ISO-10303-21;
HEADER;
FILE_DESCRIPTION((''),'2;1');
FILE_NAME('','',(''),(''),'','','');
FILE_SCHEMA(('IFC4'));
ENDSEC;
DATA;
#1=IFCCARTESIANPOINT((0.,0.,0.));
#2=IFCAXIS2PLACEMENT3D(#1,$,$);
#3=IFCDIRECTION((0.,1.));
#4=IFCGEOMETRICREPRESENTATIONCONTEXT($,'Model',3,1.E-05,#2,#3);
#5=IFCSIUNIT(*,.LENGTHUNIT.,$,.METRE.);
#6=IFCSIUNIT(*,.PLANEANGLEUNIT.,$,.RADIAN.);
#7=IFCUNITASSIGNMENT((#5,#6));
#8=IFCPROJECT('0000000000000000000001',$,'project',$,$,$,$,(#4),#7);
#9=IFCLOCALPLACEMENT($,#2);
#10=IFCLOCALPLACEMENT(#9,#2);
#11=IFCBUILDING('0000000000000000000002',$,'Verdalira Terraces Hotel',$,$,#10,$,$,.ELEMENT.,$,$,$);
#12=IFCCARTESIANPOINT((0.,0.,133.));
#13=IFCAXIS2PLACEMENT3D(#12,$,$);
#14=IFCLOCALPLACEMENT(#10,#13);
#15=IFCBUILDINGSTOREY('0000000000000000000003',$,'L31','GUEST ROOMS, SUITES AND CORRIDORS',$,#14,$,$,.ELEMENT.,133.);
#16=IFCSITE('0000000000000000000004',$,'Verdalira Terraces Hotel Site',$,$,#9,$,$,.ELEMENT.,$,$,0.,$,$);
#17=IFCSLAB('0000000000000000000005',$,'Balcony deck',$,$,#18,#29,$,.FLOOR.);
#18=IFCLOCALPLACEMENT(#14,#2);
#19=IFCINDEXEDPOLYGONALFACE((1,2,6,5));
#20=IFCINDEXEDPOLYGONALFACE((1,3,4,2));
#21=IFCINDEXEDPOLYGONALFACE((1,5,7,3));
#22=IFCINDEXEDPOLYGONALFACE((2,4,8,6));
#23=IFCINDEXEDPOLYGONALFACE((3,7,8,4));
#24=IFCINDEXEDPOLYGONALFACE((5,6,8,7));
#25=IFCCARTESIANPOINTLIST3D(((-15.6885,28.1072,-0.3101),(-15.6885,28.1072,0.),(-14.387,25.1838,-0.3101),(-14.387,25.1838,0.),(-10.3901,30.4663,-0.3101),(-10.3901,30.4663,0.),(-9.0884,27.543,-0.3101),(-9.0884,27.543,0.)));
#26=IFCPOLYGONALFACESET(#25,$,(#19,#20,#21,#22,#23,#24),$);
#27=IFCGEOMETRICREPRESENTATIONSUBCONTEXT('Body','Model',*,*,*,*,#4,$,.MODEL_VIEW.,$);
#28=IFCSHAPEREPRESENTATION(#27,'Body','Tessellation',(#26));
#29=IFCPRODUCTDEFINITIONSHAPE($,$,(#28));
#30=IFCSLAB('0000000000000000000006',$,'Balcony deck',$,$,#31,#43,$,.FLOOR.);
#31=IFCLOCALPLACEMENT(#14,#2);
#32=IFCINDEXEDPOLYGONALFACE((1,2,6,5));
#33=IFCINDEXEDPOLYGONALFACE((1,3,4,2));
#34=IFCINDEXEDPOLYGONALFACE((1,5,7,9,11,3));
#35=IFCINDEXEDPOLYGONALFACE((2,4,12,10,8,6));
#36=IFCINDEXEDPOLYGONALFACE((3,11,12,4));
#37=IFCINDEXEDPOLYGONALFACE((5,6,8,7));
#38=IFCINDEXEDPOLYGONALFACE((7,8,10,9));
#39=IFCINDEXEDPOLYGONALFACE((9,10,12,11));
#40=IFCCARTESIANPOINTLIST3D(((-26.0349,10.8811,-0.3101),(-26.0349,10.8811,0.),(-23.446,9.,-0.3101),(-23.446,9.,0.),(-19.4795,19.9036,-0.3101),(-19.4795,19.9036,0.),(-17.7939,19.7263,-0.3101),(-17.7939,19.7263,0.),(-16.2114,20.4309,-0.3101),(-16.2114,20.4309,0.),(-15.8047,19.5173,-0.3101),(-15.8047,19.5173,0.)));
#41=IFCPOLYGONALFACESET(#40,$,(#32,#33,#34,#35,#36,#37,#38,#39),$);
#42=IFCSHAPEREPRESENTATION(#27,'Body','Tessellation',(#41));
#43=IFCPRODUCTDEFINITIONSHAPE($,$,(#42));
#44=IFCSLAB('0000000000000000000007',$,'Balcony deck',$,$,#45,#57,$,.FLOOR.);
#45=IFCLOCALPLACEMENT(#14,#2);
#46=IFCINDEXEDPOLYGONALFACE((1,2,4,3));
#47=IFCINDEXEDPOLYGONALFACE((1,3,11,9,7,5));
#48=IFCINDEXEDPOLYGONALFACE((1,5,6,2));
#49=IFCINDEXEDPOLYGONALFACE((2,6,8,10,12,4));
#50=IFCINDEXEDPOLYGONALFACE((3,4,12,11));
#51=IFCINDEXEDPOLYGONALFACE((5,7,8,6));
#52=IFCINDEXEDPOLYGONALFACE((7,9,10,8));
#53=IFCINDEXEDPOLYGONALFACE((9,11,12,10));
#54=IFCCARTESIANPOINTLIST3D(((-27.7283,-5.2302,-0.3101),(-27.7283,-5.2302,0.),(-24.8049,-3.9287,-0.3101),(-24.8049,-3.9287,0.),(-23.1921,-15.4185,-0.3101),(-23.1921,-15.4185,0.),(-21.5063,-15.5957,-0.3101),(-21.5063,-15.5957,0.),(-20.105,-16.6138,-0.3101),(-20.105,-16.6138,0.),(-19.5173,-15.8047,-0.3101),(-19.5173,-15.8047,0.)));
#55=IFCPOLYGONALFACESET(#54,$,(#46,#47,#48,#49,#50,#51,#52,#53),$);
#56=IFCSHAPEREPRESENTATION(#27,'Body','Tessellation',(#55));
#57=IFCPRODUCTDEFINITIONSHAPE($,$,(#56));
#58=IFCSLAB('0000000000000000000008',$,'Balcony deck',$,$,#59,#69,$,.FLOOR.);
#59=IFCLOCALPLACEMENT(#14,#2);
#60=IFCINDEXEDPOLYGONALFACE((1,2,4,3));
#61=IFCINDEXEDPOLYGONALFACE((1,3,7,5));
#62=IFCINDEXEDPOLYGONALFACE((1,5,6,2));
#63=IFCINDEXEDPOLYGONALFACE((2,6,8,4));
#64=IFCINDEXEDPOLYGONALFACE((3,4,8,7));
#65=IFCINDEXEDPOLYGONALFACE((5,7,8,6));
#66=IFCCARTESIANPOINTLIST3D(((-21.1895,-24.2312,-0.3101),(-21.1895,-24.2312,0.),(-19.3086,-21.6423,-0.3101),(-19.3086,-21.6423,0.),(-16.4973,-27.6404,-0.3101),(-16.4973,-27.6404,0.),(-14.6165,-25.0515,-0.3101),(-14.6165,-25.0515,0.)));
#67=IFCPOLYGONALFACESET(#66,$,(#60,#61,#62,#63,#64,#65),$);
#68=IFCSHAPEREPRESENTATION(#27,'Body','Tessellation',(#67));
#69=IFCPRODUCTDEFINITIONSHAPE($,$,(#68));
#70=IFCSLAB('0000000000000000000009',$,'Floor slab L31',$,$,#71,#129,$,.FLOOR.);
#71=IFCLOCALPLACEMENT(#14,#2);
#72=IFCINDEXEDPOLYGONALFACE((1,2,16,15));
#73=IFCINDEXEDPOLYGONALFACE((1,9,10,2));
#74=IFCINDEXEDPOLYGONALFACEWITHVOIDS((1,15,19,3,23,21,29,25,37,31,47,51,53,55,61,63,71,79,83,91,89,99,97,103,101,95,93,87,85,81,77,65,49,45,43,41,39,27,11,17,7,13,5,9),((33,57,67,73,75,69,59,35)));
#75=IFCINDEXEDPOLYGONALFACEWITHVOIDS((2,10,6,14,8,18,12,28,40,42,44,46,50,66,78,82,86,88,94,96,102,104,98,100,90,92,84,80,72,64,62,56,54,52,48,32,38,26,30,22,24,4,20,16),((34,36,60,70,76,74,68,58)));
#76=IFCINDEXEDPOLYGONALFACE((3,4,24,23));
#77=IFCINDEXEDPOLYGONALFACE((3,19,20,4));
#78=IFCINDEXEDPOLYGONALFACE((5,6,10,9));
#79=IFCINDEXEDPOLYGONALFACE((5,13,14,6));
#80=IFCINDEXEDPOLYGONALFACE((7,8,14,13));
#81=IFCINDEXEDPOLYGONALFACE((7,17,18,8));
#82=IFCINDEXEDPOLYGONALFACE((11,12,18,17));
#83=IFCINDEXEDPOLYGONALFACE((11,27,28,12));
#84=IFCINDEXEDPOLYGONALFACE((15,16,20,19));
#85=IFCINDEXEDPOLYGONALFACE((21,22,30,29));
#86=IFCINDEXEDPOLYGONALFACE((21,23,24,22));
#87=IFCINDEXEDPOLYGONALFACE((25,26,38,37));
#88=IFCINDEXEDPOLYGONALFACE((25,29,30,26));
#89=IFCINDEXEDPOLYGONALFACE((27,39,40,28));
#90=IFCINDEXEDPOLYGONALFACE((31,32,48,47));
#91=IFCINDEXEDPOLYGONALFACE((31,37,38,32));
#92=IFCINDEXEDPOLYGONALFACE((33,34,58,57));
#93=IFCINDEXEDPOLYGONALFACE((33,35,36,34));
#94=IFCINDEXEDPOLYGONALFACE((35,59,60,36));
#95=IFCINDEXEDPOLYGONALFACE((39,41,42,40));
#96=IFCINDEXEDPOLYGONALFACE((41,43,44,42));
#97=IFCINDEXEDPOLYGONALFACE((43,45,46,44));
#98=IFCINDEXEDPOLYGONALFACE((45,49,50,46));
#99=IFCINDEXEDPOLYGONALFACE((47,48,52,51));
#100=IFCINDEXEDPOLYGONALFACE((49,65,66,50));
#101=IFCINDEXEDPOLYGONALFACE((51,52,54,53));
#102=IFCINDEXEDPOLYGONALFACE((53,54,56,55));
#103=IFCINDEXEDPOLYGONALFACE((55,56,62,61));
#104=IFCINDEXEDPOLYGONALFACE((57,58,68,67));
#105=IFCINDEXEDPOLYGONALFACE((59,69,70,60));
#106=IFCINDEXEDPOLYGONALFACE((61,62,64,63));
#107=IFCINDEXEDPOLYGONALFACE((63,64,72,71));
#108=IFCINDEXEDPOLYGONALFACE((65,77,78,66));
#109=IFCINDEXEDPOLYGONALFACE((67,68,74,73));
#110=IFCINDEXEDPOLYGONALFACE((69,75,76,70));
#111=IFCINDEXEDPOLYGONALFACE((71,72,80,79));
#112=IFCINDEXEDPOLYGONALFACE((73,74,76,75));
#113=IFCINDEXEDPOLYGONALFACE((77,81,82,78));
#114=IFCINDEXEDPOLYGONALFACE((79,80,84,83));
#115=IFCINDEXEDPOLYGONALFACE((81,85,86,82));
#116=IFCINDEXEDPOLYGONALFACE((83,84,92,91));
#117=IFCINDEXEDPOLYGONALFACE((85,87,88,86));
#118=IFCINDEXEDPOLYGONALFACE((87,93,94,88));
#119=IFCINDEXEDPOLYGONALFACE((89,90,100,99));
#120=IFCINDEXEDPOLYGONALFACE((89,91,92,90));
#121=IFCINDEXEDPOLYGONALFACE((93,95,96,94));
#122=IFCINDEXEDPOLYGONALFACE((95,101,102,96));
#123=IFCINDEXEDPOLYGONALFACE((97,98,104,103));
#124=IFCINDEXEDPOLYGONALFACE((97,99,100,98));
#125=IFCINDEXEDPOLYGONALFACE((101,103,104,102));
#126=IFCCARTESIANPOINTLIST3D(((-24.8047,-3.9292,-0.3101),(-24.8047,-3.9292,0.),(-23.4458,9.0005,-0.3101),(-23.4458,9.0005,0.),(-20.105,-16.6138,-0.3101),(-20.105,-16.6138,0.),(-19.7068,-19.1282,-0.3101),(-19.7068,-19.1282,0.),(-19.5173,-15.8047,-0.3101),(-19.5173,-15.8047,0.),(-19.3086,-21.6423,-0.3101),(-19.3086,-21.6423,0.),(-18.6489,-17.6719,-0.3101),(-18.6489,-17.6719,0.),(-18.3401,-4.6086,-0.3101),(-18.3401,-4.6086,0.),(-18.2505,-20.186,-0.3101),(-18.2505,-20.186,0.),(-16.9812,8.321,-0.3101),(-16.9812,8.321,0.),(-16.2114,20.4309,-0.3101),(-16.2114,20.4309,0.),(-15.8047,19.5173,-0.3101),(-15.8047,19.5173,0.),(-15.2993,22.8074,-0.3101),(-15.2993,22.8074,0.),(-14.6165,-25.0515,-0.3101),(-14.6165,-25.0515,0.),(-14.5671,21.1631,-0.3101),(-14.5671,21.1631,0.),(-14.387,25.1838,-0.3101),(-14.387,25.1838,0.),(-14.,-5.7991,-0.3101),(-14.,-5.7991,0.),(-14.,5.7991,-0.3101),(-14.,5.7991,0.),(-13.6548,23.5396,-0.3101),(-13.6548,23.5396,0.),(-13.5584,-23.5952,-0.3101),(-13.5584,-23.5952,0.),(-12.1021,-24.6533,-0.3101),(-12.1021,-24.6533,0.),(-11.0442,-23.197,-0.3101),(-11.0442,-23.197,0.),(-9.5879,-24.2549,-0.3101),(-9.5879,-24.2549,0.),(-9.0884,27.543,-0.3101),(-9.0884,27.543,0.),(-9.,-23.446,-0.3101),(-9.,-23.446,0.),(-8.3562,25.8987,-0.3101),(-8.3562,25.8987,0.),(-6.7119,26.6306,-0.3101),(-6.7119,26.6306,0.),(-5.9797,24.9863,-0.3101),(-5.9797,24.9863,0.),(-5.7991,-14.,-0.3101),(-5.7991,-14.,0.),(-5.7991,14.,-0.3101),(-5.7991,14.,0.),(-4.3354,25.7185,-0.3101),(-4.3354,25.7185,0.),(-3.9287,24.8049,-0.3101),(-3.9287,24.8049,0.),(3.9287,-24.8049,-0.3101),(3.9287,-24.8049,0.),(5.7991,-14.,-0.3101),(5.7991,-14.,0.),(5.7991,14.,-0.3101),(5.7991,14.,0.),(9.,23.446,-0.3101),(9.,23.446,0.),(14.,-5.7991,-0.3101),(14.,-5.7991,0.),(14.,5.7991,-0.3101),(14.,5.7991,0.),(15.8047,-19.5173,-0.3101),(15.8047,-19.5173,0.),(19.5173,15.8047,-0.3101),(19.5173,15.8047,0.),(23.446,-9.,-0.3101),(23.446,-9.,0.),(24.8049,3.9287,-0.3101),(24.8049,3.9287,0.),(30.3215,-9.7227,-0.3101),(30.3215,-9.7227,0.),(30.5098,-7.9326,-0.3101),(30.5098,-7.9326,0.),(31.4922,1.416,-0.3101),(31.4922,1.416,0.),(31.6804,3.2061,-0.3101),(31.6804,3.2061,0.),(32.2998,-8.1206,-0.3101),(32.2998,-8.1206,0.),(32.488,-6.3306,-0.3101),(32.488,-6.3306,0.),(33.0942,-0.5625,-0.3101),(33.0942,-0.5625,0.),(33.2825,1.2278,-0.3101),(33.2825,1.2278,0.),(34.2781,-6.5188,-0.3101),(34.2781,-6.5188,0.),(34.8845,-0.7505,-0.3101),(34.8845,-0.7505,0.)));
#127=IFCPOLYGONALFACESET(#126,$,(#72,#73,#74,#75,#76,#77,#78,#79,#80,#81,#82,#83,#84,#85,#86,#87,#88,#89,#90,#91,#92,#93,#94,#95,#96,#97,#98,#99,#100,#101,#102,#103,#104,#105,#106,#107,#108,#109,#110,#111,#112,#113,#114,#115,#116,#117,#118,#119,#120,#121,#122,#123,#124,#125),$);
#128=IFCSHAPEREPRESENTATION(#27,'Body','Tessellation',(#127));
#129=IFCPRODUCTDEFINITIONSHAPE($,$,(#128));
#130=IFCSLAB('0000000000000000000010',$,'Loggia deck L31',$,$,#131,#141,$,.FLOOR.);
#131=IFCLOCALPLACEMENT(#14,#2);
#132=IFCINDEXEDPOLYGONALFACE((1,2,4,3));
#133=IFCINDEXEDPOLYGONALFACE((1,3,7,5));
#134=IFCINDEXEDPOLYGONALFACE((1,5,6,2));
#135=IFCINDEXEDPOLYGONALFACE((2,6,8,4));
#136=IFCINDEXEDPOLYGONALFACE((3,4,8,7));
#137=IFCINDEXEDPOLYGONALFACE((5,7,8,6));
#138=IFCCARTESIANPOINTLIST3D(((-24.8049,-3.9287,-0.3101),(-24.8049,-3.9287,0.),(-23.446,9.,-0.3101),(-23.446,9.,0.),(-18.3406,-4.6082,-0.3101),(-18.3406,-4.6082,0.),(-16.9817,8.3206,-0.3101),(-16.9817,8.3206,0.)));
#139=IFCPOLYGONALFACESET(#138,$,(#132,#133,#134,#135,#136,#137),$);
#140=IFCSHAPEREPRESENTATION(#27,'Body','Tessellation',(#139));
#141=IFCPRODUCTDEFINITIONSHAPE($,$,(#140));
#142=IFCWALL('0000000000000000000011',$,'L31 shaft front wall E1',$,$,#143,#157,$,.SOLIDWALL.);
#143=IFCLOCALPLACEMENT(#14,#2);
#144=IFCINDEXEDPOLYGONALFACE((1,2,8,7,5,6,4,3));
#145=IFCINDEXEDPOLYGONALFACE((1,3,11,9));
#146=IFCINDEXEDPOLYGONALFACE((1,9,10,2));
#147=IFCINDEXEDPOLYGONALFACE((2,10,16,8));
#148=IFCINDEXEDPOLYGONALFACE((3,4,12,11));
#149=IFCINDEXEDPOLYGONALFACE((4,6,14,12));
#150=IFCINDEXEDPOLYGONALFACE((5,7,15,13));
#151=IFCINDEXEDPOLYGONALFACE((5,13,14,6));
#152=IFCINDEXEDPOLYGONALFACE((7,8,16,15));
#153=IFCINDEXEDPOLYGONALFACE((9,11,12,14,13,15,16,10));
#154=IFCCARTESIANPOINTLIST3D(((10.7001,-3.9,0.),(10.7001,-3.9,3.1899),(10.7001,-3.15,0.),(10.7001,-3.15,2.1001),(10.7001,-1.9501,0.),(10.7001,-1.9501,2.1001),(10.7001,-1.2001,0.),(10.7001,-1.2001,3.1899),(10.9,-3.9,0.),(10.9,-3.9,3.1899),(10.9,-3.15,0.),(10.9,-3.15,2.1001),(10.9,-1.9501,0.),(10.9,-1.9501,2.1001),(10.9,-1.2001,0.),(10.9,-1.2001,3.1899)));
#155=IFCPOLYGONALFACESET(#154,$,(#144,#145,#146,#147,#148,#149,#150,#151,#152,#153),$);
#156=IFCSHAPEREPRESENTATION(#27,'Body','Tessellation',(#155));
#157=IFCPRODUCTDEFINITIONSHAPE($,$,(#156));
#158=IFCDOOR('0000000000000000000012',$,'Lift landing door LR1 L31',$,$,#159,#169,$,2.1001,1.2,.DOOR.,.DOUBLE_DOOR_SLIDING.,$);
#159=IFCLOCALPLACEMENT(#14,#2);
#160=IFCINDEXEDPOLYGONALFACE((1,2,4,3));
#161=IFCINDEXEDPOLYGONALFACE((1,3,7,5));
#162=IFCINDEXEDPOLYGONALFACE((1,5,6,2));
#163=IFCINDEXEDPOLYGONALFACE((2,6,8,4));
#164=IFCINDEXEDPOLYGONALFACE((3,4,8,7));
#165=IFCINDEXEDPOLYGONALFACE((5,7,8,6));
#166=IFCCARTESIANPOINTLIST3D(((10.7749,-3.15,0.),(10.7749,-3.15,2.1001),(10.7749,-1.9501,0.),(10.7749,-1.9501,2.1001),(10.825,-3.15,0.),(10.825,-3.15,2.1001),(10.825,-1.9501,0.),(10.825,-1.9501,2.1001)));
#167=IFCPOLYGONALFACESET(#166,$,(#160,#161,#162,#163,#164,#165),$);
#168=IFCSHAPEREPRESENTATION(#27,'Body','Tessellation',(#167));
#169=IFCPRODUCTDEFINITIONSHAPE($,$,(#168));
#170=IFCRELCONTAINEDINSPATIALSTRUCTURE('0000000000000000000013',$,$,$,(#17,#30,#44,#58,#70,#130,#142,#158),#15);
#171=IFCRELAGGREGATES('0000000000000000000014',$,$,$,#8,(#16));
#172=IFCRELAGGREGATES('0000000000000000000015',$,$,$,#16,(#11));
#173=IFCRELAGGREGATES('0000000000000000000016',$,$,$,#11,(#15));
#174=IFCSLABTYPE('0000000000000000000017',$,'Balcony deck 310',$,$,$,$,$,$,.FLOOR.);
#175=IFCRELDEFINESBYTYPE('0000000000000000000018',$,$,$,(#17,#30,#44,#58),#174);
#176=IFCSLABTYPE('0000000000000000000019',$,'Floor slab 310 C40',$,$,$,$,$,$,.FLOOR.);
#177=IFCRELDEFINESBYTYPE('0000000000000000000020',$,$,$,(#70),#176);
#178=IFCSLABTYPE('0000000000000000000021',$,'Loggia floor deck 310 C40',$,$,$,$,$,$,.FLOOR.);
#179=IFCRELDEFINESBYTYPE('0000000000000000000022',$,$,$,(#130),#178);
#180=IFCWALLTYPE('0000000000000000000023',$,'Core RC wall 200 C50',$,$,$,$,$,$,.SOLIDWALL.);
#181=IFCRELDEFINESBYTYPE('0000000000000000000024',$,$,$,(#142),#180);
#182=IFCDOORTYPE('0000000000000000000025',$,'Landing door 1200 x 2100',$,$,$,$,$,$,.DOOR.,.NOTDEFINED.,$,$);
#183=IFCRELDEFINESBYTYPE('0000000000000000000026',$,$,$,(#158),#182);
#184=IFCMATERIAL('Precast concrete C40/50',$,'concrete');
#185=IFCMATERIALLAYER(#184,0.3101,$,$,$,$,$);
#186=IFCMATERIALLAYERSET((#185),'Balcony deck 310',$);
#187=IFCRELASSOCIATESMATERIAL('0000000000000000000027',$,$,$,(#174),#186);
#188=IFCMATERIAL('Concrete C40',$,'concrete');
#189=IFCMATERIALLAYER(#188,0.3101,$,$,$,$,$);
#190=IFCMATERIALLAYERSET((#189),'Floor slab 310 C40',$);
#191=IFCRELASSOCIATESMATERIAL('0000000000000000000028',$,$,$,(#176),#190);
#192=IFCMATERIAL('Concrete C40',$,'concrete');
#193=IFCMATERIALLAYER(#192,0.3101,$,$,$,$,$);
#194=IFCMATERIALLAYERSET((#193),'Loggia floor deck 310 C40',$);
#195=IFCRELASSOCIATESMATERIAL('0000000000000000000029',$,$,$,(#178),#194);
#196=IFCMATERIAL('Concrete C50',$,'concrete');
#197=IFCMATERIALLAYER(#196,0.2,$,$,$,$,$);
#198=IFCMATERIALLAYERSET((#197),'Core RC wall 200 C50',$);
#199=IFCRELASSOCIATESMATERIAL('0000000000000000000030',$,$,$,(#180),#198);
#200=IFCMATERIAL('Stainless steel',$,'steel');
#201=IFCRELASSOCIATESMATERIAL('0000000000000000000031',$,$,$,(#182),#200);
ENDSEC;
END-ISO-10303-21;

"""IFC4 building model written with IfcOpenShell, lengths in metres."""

from ifc_helpers import new_model, si_unit, direction, frame, frame_2d, origin, place, context, subcontext, project, spatial, polyline, rectangle, outline, extrude, material, layer, layer_set, type_object, element, fill, save


model = new_model("IFC4")

# Units and contexts
model_context = context("Model", 3, precision=1e-05, world=origin(), true_north=direction((0.0, 1.0)))
body_context = subcontext(model_context, "Body", "Model", "MODEL_VIEW")
ifc_project = project(units=[si_unit("LENGTHUNIT", "METRE"), si_unit("PLANEANGLEUNIT", "RADIAN")], contexts=[model_context])

# Site, building, storey
site_placement = place(None, origin())
site = spatial("IfcSite", under=ifc_project, at=site_placement, Name="Verdalira Terraces Hotel Site", CompositionType="ELEMENT", RefElevation=0.0)
building_placement = place(site_placement, origin())
building = spatial("IfcBuilding", under=site, at=building_placement, Name="Verdalira Terraces Hotel", CompositionType="ELEMENT")
storey_placement = place(building_placement, frame((0.0, 0.0, 133.0)))
storey = spatial("IfcBuildingStorey", under=building, at=storey_placement, Name="L31", Description="GUEST ROOMS, SUITES AND CORRIDORS", CompositionType="ELEMENT", Elevation=133.0)

# Slabs
ifc_material_1 = material(Name="Precast concrete C40/50", Category="concrete")
ifc_layer_1 = layer(ifc_material_1, 0.3101)
ifc_layer_set_1 = layer_set([ifc_layer_1], Name="Balcony deck 310")
slab_type_1 = type_object("IfcSlabType", Name="Balcony deck 310", PredefinedType="FLOOR", material=ifc_layer_set_1)
slab_1_placement = place(storey_placement, frame((0.0, 0.0, -0.3101)))
element("IfcSlab", 1, at=slab_1_placement, inside=storey, type_object=slab_type_1, Name="Balcony deck", PredefinedType="FLOOR", context=body_context, shape_type="SweptSolid", body=[
    extrude(outline(polyline([(-15.6885, 28.1072), (-14.387, 25.1838), (-9.0884, 27.543), (-10.3901, 30.4663), (-15.6885, 28.1072)])), origin(), (0.0, 0.0, 1.0), 0.3101),
])
slab_2_placement = place(storey_placement, frame((0.0, 0.0, -0.3101)))
element("IfcSlab", 2, at=slab_2_placement, inside=storey, type_object=slab_type_1, Name="Balcony deck", PredefinedType="FLOOR", context=body_context, shape_type="SweptSolid", body=[
    extrude(outline(polyline([(-19.4795, 19.9036), (-26.0349, 10.8811), (-23.446, 9.0), (-15.8047, 19.5173), (-16.2114, 20.4309), (-17.7939, 19.7263), (-19.4795, 19.9036)])), origin(), (0.0, 0.0, 1.0), 0.3101),
])
slab_3_placement = place(storey_placement, frame((0.0, 0.0, -0.3101)))
element("IfcSlab", 3, at=slab_3_placement, inside=storey, type_object=slab_type_1, Name="Balcony deck", PredefinedType="FLOOR", context=body_context, shape_type="SweptSolid", body=[
    extrude(outline(polyline([(-27.7283, -5.2302), (-23.1921, -15.4185), (-21.5063, -15.5957), (-20.105, -16.6138), (-19.5173, -15.8047), (-24.8049, -3.9287), (-27.7283, -5.2302)])), origin(), (0.0, 0.0, 1.0), 0.3101),
])
slab_4_placement = place(storey_placement, frame((0.0, 0.0, -0.3101)))
element("IfcSlab", 4, at=slab_4_placement, inside=storey, type_object=slab_type_1, Name="Balcony deck", PredefinedType="FLOOR", context=body_context, shape_type="SweptSolid", body=[
    extrude(outline(polyline([(-16.4973, -27.6404), (-14.6165, -25.0515), (-19.3086, -21.6423), (-21.1895, -24.2312), (-16.4973, -27.6404)])), origin(), (0.0, 0.0, 1.0), 0.3101),
])
ifc_material_2 = material(Name="Concrete C40", Category="concrete")
ifc_layer_2 = layer(ifc_material_2, 0.3101)
ifc_layer_set_2 = layer_set([ifc_layer_2], Name="Floor slab 310 C40")
slab_type_2 = type_object("IfcSlabType", Name="Floor slab 310 C40", PredefinedType="FLOOR", material=ifc_layer_set_2)
slab_5_placement = place(storey_placement, frame((0.0, 0.0, -0.3101)))
element("IfcSlab", 5, at=slab_5_placement, inside=storey, type_object=slab_type_2, Name="Floor slab L31", PredefinedType="FLOOR", context=body_context, shape_type="SweptSolid", body=[
    extrude(outline(polyline([(-16.2114, 20.4309), (-15.8047, 19.5173), (-23.4458, 9.0005), (-16.9812, 8.321), (-18.3401, -4.6086), (-24.8047, -3.9292), (-19.5173, -15.8047), (-20.105, -16.6138), (-18.6489, -17.6719), (-19.7068, -19.1282), (-18.2505, -20.186), (-19.3086, -21.6423), (-14.6165, -25.0515), (-13.5584, -23.5952), (-12.1021, -24.6533), (-11.0442, -23.197), (-9.5879, -24.2549), (-9.0, -23.446), (3.9287, -24.8049), (15.8047, -19.5173), (23.446, -9.0), (30.3215, -9.7227), (30.5098, -7.9326), (32.2998, -8.1206), (32.488, -6.3306), (34.2781, -6.5188), (34.8845, -0.7505), (33.0942, -0.5625), (33.2825, 1.2278), (31.4922, 1.416), (31.6804, 3.2061), (24.8049, 3.9287), (19.5173, 15.8047), (9.0, 23.446), (-3.9287, 24.8049), (-4.3354, 25.7185), (-5.9797, 24.9863), (-6.7119, 26.6306), (-8.3562, 25.8987), (-9.0884, 27.543), (-14.387, 25.1838), (-13.6548, 23.5396), (-15.2993, 22.8074), (-14.5671, 21.1631), (-16.2114, 20.4309)]), holes=[polyline([(5.7991, 14.0), (14.0, 5.7991), (14.0, -5.7991), (5.7991, -14.0), (-5.7991, -14.0), (-14.0, -5.7991), (-14.0, 5.7991), (-5.7991, 14.0), (5.7991, 14.0)])]), origin(), (0.0, 0.0, 1.0), 0.3101),
])
ifc_material_3 = material(Name="Concrete C40", Category="concrete")
ifc_layer_3 = layer(ifc_material_3, 0.3101)
ifc_layer_set_3 = layer_set([ifc_layer_3], Name="Loggia floor deck 310 C40")
slab_type_3 = type_object("IfcSlabType", Name="Loggia floor deck 310 C40", PredefinedType="FLOOR", material=ifc_layer_set_3)
slab_6_placement = place(storey_placement, frame((0.0, 0.0, -0.3101)))
element("IfcSlab", 6, at=slab_6_placement, inside=storey, type_object=slab_type_3, Name="Loggia deck L31", PredefinedType="FLOOR", context=body_context, shape_type="SweptSolid", body=[
    extrude(outline(polyline([(-16.9817, 8.3206), (-23.446, 9.0), (-24.8049, -3.9287), (-18.3406, -4.6082), (-16.9817, 8.3206)])), origin(), (0.0, 0.0, 1.0), 0.3101),
])

# Wall, opening, door
ifc_material_4 = material(Name="Concrete C50", Category="concrete")
ifc_layer_4 = layer(ifc_material_4, 0.2)
ifc_layer_set_4 = layer_set([ifc_layer_4], Name="Core RC wall 200 C50")
wall_type_1 = type_object("IfcWallType", Name="Core RC wall 200 C50", PredefinedType="SOLIDWALL", material=ifc_layer_set_4)
wall_1_placement = place(storey_placement, frame((10.8, -1.2, 0.0), z_axis=(0.0, 0.0, 1.0), x_axis=(0.0, -1.0, 0.0)))
wall_1 = element("IfcWall", 7, at=wall_1_placement, inside=storey, type_object=wall_type_1, Name="L31 shaft front wall E1", PredefinedType="SOLIDWALL", context=body_context, shape_type="SweptSolid", body=[
    extrude(rectangle(XDim=2.7, YDim=0.2, at=frame_2d((1.3501, 0.0))), origin(), (0.0, 0.0, 1.0), 3.1899),
])
opening_1_placement = place(wall_1_placement, frame((0.75, 0.0, 0.0)))
opening_1 = element("IfcOpeningElement", 8, at=opening_1_placement, cuts=wall_1, PredefinedType="OPENING", context=body_context, shape_type="SweptSolid", body=[
    extrude(rectangle(XDim=1.2, YDim=2.1001, at=frame_2d((0.6001, 1.05))), frame((0.0, 0.1099, 0.0), z_axis=(0.0, -1.0, 0.0), x_axis=(1.0, 0.0, 0.0)), (0.0, 0.0, 1.0), 0.22),
])
ifc_material_5 = material(Name="Stainless steel", Category="steel")
door_type_1 = type_object("IfcDoorType", Name="Landing door 1200 x 2100", OperationType="NOTDEFINED", PredefinedType="DOOR", material=ifc_material_5)
door_1_placement = place(opening_1_placement, origin())
door_1 = element("IfcDoor", 9, at=door_1_placement, inside=storey, type_object=door_type_1, Name="Lift landing door LR1 L31", OperationType="DOUBLE_DOOR_SLIDING", OverallHeight=2.1001, OverallWidth=1.2, PredefinedType="DOOR", context=body_context, shape_type="SweptSolid", body=[
    extrude(rectangle(XDim=1.2, YDim=2.1001, at=frame_2d((0.6001, 1.05))), frame((0.0, 0.0249, 0.0), z_axis=(0.0, -1.0, 0.0), x_axis=(1.0, 0.0, 0.0)), (0.0, 0.0, 1.0), 0.05),
])
fill(opening_1, door_1)

save(model, "model.ifc")
